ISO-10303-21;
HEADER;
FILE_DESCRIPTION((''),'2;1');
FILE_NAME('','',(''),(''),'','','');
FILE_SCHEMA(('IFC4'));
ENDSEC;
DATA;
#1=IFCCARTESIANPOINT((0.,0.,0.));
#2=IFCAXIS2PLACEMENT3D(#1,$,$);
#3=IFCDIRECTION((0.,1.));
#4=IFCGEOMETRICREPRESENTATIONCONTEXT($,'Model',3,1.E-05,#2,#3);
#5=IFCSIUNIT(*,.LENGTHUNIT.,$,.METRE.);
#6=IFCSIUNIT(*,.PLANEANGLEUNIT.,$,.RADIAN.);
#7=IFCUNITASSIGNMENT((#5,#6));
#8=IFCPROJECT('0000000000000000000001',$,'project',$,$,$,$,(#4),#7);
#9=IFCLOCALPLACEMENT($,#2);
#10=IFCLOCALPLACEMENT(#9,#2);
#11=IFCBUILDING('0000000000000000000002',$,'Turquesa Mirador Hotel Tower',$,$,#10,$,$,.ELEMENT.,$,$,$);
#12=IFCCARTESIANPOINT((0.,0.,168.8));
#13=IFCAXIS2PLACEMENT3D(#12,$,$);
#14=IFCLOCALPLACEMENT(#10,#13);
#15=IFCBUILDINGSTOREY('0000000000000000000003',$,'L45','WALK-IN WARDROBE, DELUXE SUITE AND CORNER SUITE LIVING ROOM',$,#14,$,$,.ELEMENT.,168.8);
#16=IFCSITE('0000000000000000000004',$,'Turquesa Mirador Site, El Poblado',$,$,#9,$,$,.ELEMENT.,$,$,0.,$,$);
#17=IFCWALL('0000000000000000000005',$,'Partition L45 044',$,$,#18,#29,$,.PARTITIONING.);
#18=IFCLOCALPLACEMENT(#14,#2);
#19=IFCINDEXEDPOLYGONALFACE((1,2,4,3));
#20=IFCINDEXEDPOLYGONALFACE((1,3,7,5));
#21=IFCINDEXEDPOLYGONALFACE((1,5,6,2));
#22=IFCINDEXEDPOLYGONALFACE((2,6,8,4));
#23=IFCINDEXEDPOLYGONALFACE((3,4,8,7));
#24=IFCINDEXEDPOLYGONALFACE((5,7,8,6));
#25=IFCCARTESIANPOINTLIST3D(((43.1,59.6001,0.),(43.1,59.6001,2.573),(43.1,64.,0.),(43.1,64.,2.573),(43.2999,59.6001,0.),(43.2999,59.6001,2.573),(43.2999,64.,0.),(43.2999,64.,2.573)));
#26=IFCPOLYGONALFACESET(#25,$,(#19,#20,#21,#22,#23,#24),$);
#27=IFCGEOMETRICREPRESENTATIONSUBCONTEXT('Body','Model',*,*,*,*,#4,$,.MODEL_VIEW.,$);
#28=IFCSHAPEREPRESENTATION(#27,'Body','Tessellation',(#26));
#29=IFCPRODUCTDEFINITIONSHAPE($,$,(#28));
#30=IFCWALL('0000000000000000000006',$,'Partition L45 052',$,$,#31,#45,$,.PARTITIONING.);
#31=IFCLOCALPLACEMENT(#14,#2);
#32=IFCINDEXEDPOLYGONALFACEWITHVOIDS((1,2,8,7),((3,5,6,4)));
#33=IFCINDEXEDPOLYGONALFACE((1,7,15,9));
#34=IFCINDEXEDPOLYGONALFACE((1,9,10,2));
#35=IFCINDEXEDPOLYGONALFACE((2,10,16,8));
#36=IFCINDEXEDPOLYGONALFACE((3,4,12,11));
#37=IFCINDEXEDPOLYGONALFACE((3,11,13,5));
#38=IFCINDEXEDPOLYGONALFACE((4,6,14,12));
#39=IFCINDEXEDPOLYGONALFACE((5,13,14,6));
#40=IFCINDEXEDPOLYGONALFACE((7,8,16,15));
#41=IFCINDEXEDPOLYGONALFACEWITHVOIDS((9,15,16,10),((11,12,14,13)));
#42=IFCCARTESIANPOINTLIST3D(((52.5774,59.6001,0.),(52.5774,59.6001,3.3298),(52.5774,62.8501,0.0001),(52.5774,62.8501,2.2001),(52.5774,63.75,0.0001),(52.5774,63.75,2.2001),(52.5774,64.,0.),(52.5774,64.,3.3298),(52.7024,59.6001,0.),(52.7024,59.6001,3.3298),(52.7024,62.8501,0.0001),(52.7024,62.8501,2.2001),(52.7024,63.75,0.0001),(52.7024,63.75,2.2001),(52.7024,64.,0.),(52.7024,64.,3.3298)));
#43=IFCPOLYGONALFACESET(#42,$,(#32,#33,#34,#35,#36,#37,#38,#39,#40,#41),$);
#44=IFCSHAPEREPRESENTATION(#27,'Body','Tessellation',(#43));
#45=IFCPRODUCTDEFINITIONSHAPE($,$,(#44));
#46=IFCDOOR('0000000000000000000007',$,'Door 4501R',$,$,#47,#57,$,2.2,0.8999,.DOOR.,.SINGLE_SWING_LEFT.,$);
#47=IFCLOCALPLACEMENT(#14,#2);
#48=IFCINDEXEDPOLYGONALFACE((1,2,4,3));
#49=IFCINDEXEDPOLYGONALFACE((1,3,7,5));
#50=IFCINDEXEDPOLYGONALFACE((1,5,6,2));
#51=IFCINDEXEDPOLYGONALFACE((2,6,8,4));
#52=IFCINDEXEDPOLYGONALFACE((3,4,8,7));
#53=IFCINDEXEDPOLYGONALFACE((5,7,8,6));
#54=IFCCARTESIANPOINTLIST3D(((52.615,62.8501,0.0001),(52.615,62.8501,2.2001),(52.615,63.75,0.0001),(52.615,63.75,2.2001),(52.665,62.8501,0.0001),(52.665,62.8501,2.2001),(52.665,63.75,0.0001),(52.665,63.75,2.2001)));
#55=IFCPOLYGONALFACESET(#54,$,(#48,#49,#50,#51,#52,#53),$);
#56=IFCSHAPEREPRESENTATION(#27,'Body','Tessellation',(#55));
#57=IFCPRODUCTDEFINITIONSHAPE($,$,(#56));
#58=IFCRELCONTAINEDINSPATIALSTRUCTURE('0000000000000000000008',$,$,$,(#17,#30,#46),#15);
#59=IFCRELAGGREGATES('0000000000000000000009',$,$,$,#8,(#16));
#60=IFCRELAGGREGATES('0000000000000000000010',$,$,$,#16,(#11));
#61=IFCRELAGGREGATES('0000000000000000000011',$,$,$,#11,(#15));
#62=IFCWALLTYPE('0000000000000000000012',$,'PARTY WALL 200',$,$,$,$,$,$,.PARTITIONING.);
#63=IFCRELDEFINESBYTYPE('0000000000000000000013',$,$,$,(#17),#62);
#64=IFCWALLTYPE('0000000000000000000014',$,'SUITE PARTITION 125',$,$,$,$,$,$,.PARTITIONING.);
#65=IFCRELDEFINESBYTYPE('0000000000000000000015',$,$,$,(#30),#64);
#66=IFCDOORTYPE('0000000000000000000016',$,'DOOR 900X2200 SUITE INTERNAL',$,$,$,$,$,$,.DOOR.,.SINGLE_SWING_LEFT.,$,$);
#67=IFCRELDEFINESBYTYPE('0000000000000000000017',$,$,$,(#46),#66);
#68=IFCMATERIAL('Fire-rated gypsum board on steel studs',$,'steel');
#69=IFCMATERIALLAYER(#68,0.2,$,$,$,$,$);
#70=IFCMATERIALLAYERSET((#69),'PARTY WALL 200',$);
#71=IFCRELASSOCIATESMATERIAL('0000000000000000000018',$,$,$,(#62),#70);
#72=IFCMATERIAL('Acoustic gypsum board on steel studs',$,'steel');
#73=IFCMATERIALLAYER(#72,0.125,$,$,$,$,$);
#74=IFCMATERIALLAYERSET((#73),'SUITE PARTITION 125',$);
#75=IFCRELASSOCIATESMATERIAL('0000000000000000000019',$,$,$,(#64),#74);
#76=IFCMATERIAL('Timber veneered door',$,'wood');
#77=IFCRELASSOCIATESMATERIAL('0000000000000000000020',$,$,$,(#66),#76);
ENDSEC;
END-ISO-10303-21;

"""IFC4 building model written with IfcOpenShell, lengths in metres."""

from ifc_helpers import new_model, si_unit, direction, frame, frame_2d, origin, place, context, subcontext, project, spatial, rectangle, extrude, material, layer, layer_set, type_object, element, fill, save


model = new_model("IFC4")

# Units and contexts
model_context = context("Model", 3, precision=1e-05, world=origin(), true_north=direction((0.0, 1.0)))
body_context = subcontext(model_context, "Body", "Model", "MODEL_VIEW")
ifc_project = project(units=[si_unit("LENGTHUNIT", "METRE"), si_unit("PLANEANGLEUNIT", "RADIAN")], contexts=[model_context])

# Site, building, storey
site_placement = place(None, origin())
site = spatial("IfcSite", under=ifc_project, at=site_placement, Name="Turquesa Mirador Site, El Poblado", CompositionType="ELEMENT", RefElevation=0.0)
building_placement = place(site_placement, origin())
building = spatial("IfcBuilding", under=site, at=building_placement, Name="Turquesa Mirador Hotel Tower", CompositionType="ELEMENT")
storey_placement = place(building_placement, frame((0.0, 0.0, 168.8)))
storey = spatial("IfcBuildingStorey", under=building, at=storey_placement, Name="L45", Description="WALK-IN WARDROBE, DELUXE SUITE AND CORNER SUITE LIVING ROOM", CompositionType="ELEMENT", Elevation=168.8)

# Wall
ifc_material_1 = material(Name="Fire-rated gypsum board on steel studs", Category="steel")
ifc_layer_1 = layer(ifc_material_1, 0.2)
ifc_layer_set_1 = layer_set([ifc_layer_1], Name="PARTY WALL 200")
wall_type_1 = type_object("IfcWallType", Name="PARTY WALL 200", PredefinedType="PARTITIONING", material=ifc_layer_set_1)
wall_1_placement = place(storey_placement, frame((43.2, 59.6001, 0.0), z_axis=(0.0, 0.0, 1.0), x_axis=(0.0, 1.0, 0.0)))
element("IfcWall", 1, at=wall_1_placement, inside=storey, type_object=wall_type_1, Name="Partition L45 044", PredefinedType="PARTITIONING", context=body_context, shape_type="SweptSolid", body=[
    extrude(rectangle(XDim=4.3999, YDim=0.2, at=frame_2d((2.2, 0.0))), origin(), (0.0, 0.0, 1.0), 2.573),
])

# Wall, opening, door
ifc_material_2 = material(Name="Acoustic gypsum board on steel studs", Category="steel")
ifc_layer_2 = layer(ifc_material_2, 0.125)
ifc_layer_set_2 = layer_set([ifc_layer_2], Name="SUITE PARTITION 125")
wall_type_2 = type_object("IfcWallType", Name="SUITE PARTITION 125", PredefinedType="PARTITIONING", material=ifc_layer_set_2)
wall_2_placement = place(storey_placement, frame((52.6399, 59.6001, 0.0), z_axis=(0.0, 0.0, 1.0), x_axis=(0.0, 1.0, 0.0)))
wall_2 = element("IfcWall", 2, at=wall_2_placement, inside=storey, type_object=wall_type_2, Name="Partition L45 052", PredefinedType="PARTITIONING", context=body_context, shape_type="SweptSolid", body=[
    extrude(rectangle(XDim=4.3999, YDim=0.125, at=frame_2d((2.2, 0.0))), origin(), (0.0, 0.0, 1.0), 3.3298),
])
opening_1_placement = place(wall_2_placement, frame((3.25, 0.0, 0.0)))
opening_1 = element("IfcOpeningElement", 3, at=opening_1_placement, cuts=wall_2, PredefinedType="OPENING", context=body_context, shape_type="SweptSolid", body=[
    extrude(rectangle(XDim=0.8999, YDim=2.2, at=frame_2d((0.45, 1.1001))), frame((0.0, 0.0725, 0.0), z_axis=(0.0, -1.0, 0.0), x_axis=(1.0, 0.0, 0.0)), (0.0, 0.0, 1.0), 0.145),
])
ifc_material_3 = material(Name="Timber veneered door", Category="wood")
door_type_1 = type_object("IfcDoorType", Name="DOOR 900X2200 SUITE INTERNAL", OperationType="SINGLE_SWING_LEFT", PredefinedType="DOOR", material=ifc_material_3)
door_1_placement = place(opening_1_placement, origin())
door_1 = element("IfcDoor", 4, at=door_1_placement, inside=storey, type_object=door_type_1, Name="Door 4501R", OperationType="SINGLE_SWING_LEFT", OverallHeight=2.2, OverallWidth=0.8999, PredefinedType="DOOR", context=body_context, shape_type="SweptSolid", body=[
    extrude(rectangle(XDim=0.8999, YDim=2.2, at=frame_2d((0.45, 1.1001))), frame((0.0, 0.0249, 0.0), z_axis=(0.0, -1.0, 0.0), x_axis=(1.0, 0.0, 0.0)), (0.0, 0.0, 1.0), 0.05),
])
fill(opening_1, door_1)

save(model, "model.ifc")
